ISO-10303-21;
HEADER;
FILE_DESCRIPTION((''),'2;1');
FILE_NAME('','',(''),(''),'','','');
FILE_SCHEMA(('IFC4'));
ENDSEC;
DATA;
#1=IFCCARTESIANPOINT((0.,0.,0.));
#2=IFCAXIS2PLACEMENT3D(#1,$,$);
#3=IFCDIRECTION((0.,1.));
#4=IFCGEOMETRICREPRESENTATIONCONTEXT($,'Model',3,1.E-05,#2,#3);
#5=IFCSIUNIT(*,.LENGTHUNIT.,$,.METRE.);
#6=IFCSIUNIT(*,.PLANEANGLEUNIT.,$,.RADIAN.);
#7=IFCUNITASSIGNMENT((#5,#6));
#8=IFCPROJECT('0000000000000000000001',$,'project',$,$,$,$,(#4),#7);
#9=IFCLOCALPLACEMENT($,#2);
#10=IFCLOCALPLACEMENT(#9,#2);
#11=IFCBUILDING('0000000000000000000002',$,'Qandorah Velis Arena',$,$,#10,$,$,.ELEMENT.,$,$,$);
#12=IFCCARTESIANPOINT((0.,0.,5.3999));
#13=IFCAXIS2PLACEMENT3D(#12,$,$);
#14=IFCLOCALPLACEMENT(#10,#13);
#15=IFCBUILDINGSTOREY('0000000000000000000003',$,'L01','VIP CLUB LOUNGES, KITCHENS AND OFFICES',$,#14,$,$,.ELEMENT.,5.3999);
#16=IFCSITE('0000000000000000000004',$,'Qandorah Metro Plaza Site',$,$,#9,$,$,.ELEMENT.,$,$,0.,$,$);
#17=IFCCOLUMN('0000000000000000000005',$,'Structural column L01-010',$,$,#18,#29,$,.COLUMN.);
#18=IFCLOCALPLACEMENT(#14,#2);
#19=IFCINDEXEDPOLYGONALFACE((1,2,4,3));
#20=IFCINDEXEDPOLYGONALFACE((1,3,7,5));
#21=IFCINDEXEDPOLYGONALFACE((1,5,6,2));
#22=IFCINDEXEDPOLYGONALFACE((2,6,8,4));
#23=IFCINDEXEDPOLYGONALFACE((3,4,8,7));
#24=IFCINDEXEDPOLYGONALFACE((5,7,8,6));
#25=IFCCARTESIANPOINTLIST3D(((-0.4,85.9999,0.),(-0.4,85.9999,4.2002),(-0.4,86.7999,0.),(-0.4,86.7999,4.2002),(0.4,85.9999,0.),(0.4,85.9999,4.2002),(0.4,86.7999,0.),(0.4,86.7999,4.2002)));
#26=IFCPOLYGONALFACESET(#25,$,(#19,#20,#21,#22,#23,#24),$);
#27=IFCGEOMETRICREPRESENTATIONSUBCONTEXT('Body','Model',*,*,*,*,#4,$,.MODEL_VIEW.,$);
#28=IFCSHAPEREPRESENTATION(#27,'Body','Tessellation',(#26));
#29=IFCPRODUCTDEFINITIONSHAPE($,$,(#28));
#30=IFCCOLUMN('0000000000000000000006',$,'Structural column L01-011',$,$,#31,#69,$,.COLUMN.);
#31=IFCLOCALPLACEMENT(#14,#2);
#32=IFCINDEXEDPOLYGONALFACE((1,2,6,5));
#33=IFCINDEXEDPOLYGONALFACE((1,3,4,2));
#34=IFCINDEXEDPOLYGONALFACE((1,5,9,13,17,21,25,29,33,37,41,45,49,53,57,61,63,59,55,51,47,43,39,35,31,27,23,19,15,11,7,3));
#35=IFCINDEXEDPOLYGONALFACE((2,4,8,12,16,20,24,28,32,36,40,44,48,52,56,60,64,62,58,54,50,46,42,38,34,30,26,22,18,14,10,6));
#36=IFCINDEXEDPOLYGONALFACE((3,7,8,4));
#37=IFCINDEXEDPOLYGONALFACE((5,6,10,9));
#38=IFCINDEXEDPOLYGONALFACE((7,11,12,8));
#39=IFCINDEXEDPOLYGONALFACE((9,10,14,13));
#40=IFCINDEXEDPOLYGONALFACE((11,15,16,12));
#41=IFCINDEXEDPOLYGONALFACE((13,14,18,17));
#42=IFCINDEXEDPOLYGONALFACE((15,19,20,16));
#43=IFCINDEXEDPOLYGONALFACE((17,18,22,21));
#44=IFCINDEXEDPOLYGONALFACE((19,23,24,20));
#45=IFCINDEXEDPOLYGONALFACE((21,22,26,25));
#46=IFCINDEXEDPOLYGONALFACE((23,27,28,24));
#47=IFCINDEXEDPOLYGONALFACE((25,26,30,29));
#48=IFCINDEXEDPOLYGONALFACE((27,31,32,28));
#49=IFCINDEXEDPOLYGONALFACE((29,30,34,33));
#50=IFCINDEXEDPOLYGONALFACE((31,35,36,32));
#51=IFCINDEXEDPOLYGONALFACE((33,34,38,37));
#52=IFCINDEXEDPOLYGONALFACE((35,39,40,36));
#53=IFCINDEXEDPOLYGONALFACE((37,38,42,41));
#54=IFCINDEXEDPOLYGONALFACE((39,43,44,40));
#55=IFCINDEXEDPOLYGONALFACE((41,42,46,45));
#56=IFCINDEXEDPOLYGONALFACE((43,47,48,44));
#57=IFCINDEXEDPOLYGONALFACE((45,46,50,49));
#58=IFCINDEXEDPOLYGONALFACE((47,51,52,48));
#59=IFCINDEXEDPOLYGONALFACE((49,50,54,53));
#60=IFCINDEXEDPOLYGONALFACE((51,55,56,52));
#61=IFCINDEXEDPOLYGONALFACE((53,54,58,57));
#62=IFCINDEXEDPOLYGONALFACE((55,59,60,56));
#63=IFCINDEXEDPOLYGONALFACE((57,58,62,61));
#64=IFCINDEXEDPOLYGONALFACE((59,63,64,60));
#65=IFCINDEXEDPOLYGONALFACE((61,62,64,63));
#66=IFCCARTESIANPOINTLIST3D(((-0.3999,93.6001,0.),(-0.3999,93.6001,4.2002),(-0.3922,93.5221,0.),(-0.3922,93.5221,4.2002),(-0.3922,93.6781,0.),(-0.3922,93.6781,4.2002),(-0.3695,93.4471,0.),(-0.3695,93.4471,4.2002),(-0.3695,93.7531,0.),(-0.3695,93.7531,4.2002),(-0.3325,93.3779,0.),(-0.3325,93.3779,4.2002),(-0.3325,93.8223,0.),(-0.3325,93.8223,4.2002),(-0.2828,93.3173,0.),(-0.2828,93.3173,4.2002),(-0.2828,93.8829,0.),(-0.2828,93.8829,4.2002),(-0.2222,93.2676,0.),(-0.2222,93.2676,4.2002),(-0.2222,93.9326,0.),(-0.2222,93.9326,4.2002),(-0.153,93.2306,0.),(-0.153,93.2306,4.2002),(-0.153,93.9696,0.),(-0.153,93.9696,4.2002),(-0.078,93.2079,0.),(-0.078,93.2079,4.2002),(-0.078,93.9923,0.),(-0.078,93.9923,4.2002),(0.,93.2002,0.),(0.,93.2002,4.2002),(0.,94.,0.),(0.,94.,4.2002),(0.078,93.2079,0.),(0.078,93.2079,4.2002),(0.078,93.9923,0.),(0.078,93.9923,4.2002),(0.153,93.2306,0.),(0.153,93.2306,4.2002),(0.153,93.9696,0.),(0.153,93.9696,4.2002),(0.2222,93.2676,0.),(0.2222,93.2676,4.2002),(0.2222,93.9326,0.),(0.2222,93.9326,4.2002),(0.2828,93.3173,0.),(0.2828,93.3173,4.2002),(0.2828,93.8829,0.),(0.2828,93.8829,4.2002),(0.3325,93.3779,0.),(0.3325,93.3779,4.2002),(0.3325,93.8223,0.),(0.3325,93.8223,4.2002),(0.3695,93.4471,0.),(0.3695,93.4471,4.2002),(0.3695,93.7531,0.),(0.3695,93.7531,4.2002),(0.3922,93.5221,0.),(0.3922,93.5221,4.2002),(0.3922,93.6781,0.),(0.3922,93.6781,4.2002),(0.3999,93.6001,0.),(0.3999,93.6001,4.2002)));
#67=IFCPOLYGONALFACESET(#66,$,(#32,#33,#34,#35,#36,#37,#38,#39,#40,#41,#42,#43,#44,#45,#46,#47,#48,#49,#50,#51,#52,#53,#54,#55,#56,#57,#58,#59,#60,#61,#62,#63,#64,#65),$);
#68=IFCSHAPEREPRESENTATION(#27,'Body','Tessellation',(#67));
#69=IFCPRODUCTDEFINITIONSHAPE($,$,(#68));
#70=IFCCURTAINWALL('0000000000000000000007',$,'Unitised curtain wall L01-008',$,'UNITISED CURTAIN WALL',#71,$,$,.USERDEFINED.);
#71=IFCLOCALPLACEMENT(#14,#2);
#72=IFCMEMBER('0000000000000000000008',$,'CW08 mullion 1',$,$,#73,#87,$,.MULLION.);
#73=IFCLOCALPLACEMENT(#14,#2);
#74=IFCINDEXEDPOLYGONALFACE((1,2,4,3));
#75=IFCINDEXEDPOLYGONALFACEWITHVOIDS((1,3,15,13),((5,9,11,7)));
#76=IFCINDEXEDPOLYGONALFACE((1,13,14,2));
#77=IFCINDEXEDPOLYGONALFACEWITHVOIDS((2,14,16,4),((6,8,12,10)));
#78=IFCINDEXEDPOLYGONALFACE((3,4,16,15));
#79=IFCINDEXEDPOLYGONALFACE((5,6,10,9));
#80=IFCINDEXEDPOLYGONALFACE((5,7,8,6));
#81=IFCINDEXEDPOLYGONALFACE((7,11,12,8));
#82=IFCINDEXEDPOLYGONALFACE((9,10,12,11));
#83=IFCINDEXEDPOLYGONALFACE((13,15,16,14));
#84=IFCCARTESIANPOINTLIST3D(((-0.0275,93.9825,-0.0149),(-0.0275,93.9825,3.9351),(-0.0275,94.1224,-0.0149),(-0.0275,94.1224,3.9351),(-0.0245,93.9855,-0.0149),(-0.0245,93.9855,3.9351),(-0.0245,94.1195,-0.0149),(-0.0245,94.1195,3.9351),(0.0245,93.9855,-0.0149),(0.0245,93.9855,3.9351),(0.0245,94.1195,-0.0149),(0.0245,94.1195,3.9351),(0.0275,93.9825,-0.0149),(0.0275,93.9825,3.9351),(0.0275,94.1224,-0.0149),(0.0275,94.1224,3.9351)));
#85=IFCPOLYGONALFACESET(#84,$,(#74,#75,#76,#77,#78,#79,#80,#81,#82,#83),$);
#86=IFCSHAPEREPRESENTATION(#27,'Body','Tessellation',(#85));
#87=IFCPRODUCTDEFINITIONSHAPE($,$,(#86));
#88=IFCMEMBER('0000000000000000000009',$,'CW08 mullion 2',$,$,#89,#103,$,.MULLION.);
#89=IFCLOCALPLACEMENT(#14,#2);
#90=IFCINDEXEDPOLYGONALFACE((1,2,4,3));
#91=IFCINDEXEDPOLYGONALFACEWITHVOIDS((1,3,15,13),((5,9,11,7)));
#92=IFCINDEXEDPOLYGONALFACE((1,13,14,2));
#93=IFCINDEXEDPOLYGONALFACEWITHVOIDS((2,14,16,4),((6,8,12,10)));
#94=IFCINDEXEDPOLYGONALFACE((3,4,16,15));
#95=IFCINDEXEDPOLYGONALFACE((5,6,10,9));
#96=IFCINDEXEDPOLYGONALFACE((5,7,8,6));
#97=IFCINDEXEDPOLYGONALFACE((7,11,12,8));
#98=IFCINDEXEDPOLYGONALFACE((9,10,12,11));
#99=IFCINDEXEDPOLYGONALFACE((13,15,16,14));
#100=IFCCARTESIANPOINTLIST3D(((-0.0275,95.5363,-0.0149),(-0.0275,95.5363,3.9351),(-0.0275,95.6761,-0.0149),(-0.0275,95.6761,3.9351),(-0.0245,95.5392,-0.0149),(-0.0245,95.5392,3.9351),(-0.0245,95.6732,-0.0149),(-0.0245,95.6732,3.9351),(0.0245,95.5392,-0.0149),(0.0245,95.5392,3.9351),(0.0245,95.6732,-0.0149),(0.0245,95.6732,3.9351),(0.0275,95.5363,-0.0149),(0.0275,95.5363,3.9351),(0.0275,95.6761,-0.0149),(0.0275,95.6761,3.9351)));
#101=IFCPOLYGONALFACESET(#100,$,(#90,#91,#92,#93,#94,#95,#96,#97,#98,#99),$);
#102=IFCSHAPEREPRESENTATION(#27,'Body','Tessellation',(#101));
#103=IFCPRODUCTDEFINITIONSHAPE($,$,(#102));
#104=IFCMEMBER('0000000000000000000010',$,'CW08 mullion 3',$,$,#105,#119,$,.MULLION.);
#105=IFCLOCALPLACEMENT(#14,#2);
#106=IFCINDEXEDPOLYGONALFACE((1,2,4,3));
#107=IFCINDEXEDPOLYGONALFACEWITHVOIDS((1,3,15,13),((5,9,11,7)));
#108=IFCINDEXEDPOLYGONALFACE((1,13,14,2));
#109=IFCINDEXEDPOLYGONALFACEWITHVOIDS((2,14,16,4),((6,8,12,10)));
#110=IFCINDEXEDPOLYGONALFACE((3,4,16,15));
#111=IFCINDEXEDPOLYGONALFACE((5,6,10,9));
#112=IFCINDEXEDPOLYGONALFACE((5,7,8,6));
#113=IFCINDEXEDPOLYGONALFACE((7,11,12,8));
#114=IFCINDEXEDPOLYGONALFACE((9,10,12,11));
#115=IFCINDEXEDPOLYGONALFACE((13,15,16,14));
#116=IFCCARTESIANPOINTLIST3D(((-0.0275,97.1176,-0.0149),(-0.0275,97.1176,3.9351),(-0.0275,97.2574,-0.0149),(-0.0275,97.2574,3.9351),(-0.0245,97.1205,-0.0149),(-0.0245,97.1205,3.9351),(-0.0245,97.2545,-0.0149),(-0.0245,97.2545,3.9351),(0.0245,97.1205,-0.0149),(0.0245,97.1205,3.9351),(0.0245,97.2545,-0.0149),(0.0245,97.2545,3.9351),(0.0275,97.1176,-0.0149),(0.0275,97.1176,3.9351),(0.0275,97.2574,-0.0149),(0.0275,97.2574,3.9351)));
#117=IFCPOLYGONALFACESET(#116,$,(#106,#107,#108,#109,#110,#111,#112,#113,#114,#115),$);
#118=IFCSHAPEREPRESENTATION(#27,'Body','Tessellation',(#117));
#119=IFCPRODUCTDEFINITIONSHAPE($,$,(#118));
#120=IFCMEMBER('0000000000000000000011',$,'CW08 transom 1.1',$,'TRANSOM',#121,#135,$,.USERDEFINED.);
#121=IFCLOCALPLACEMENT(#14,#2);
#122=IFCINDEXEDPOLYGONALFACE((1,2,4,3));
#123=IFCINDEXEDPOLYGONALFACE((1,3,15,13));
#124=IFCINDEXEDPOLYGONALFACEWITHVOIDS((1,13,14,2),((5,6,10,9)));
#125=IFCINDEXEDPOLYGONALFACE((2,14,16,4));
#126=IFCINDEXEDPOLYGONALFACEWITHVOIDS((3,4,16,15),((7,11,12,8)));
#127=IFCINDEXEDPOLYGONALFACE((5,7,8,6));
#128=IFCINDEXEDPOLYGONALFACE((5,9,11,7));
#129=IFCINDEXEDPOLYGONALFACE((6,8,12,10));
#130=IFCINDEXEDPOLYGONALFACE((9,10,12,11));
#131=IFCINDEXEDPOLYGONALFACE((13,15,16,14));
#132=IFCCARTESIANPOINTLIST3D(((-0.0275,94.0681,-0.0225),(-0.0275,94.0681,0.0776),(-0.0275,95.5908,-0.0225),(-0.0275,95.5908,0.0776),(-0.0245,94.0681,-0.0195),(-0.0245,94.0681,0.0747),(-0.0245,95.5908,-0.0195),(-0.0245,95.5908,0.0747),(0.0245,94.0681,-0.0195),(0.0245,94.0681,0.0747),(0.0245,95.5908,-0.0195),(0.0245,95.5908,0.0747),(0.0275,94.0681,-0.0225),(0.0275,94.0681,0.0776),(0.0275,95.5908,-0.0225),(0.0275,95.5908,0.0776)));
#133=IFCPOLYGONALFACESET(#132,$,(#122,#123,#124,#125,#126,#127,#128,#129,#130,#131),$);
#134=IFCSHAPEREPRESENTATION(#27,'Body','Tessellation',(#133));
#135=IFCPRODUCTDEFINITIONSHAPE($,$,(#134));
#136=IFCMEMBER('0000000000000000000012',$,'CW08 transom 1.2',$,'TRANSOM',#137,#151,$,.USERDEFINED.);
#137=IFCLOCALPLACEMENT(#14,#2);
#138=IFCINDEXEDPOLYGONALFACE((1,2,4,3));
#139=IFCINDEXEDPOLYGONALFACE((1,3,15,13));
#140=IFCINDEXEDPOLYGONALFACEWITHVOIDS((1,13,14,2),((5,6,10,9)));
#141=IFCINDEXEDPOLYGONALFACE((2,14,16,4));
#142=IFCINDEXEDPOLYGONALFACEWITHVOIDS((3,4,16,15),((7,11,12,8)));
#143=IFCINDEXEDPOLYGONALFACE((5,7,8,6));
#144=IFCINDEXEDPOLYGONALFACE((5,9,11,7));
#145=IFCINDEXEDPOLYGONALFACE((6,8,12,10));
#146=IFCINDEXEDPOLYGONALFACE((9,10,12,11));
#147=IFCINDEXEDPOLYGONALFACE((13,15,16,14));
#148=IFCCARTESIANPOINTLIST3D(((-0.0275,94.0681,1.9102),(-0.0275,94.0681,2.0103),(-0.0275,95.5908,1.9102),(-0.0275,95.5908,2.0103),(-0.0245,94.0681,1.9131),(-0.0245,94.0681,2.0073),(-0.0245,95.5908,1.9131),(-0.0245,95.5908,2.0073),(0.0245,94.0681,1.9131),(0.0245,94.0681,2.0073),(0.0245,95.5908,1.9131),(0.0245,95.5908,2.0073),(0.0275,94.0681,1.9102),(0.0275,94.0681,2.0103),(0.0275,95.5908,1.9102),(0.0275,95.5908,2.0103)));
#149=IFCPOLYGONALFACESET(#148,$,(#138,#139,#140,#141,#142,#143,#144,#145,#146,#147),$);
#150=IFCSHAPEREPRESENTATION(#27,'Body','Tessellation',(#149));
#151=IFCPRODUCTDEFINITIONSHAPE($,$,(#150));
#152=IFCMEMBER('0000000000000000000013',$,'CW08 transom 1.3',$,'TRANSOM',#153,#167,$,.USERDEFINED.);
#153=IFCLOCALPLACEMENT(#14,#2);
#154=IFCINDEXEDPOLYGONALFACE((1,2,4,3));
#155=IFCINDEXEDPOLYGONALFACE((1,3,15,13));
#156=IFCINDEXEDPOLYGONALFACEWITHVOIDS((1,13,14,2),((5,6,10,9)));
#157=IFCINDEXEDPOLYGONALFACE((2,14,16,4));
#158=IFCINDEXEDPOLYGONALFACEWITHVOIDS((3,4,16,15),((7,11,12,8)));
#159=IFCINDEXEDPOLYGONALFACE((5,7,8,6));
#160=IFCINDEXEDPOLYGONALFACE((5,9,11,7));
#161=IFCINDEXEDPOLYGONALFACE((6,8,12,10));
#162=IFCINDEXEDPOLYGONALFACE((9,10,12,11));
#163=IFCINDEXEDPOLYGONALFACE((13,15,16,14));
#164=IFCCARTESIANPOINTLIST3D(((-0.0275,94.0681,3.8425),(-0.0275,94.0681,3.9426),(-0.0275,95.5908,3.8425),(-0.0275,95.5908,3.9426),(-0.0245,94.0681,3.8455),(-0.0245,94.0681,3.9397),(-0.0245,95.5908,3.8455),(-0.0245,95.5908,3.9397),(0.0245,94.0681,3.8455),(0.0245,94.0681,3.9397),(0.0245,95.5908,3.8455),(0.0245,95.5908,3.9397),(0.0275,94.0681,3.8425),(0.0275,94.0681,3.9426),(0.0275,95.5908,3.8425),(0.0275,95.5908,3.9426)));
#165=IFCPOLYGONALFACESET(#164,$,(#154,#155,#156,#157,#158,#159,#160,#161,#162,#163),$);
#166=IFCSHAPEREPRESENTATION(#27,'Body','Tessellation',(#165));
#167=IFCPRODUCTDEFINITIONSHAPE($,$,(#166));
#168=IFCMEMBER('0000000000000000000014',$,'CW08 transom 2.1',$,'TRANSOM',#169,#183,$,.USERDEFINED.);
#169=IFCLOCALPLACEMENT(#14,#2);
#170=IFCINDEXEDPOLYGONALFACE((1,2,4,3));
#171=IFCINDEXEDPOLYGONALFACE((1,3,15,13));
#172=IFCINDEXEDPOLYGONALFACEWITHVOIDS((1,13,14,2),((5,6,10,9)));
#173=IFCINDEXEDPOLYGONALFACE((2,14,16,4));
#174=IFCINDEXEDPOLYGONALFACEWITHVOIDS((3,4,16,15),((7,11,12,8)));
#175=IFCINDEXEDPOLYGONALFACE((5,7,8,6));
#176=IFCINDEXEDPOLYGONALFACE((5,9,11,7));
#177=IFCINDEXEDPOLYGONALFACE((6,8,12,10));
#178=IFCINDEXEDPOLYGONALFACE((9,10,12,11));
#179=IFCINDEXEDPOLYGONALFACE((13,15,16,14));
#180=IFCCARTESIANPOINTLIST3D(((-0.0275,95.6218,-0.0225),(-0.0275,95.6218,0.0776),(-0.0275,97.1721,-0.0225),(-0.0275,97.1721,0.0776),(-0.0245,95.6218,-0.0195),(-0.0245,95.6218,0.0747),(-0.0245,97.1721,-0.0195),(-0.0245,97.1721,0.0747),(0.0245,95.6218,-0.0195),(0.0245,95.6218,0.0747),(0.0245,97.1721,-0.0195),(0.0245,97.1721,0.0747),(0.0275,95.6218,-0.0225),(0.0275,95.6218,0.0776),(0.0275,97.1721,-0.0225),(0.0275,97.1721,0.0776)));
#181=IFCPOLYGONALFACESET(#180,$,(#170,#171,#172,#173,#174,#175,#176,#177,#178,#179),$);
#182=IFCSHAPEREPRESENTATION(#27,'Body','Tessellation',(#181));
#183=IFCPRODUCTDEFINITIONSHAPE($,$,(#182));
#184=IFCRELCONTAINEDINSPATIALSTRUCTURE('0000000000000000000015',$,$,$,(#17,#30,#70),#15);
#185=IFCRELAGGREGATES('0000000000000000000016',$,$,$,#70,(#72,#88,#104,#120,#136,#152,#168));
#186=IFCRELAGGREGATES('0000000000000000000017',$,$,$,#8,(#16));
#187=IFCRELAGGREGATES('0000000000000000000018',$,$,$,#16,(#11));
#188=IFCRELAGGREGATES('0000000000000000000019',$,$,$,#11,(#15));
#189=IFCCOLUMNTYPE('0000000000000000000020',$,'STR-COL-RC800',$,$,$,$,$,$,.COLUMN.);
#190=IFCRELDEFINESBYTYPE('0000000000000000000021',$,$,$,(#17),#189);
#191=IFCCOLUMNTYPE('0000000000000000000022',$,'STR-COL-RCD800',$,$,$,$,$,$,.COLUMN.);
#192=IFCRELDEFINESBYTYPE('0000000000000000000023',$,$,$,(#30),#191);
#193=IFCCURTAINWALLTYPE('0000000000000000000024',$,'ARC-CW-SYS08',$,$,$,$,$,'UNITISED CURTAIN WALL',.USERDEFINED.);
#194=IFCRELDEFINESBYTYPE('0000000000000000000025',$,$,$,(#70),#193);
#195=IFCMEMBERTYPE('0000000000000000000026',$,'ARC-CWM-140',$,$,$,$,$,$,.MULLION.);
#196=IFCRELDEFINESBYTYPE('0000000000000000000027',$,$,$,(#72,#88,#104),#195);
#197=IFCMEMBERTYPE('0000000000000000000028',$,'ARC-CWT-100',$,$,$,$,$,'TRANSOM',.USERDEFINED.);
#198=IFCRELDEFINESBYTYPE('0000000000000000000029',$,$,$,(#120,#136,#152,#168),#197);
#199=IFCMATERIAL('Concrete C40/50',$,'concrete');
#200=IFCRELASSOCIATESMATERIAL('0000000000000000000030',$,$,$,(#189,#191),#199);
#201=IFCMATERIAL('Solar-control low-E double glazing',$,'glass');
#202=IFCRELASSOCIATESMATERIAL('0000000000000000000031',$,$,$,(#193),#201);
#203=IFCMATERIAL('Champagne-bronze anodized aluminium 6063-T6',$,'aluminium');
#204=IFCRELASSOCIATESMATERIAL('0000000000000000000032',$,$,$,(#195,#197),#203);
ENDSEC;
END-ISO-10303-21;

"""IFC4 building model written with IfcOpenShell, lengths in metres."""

from ifc_helpers import new_model, si_unit, direction, frame, origin, origin_2d, place, context, subcontext, project, spatial, rectangle, hollow_rectangle, circle, extrude, material, material_profile, profile_set, type_object, element, aggregate, save


model = new_model("IFC4")

# Units and contexts
model_context = context("Model", 3, precision=1e-05, world=origin(), true_north=direction((0.0, 1.0)))
body_context = subcontext(model_context, "Body", "Model", "MODEL_VIEW")
ifc_project = project(units=[si_unit("LENGTHUNIT", "METRE"), si_unit("PLANEANGLEUNIT", "RADIAN")], contexts=[model_context])

# Site, building, storey
site_placement = place(None, origin())
site = spatial("IfcSite", under=ifc_project, at=site_placement, Name="Qandorah Metro Plaza Site", CompositionType="ELEMENT", RefElevation=0.0)
building_placement = place(site_placement, origin())
building = spatial("IfcBuilding", under=site, at=building_placement, Name="Qandorah Velis Arena", CompositionType="ELEMENT")
storey_placement = place(building_placement, frame((0.0, 0.0, 5.3999)))
storey = spatial("IfcBuildingStorey", under=building, at=storey_placement, Name="L01", Description="VIP CLUB LOUNGES, KITCHENS AND OFFICES", CompositionType="ELEMENT", Elevation=5.3999)

# Columns
ifc_material_1 = material(Name="Concrete C40/50", Category="concrete")
ifc_material_profile_1 = material_profile(ifc_material_1, rectangle(XDim=0.8, YDim=0.8, at=origin_2d()), Name="RC COL 800x800")
ifc_profile_set_1 = profile_set([ifc_material_profile_1], Name="Concrete C40/50")
column_type_1 = type_object("IfcColumnType", Name="STR-COL-RC800", PredefinedType="COLUMN", material=ifc_profile_set_1)
column_1_placement = place(storey_placement, frame((0.0, 86.3999, 0.0), z_axis=(0.0, 0.0, 1.0), x_axis=(1.0, 0.0, 0.0)))
element("IfcColumn", 1, at=column_1_placement, inside=storey, type_object=column_type_1, Name="Structural column L01-010", PredefinedType="COLUMN", context=body_context, shape_type="SweptSolid", body=[
    extrude(rectangle(XDim=0.8, YDim=0.8, at=origin_2d()), origin(), (0.0, 0.0, 1.0), 4.2002),
])
ifc_material_profile_2 = material_profile(ifc_material_1, circle(Radius=0.3999, at=origin_2d()), Name="RC D800")
ifc_profile_set_2 = profile_set([ifc_material_profile_2], Name="Concrete C40/50")
column_type_2 = type_object("IfcColumnType", Name="STR-COL-RCD800", PredefinedType="COLUMN", material=ifc_profile_set_2)
column_2_placement = place(storey_placement, frame((0.0, 93.6001, 0.0), z_axis=(0.0, 0.0, 1.0), x_axis=(1.0, 0.0, 0.0)))
element("IfcColumn", 2, at=column_2_placement, inside=storey, type_object=column_type_2, Name="Structural column L01-011", PredefinedType="COLUMN", context=body_context, shape_type="SweptSolid", body=[
    extrude(circle(Radius=0.3999, at=origin_2d()), origin(), (0.0, 0.0, 1.0), 4.2002),
])

# Curtain wall, members
ifc_material_2 = material(Name="Solar-control low-E double glazing", Category="glass")
curtain_wall_type = type_object("IfcCurtainWallType", Name="ARC-CW-SYS08", ElementType="UNITISED CURTAIN WALL", PredefinedType="USERDEFINED", material=ifc_material_2)
curtain_wall_placement = place(storey_placement, origin())
curtain_wall = element("IfcCurtainWall", 3, at=curtain_wall_placement, inside=storey, type_object=curtain_wall_type, Name="Unitised curtain wall L01-008", ObjectType="UNITISED CURTAIN WALL", PredefinedType="USERDEFINED")
ifc_material_3 = material(Name="Champagne-bronze anodized aluminium 6063-T6", Category="aluminium")
ifc_material_profile_3 = material_profile(ifc_material_3, hollow_rectangle(XDim=0.0549, YDim=0.1399, WallThickness=0.0029, at=origin_2d()), Name="ALU MULLION 55x140")
ifc_profile_set_3 = profile_set([ifc_material_profile_3], Name="Champagne-bronze anodized aluminium 6063-T6")
member_type_1 = type_object("IfcMemberType", Name="ARC-CWM-140", PredefinedType="MULLION", material=ifc_profile_set_3)
member_1_placement = place(storey_placement, frame((0.0, 94.0525, -0.0149), z_axis=(0.0, 0.0, 1.0), x_axis=(-1.0, 0.0, 0.0)))
member_1 = element("IfcMember", 4, at=member_1_placement, type_object=member_type_1, Name="CW08 mullion 1", PredefinedType="MULLION", context=body_context, shape_type="SweptSolid", body=[
    extrude(hollow_rectangle(XDim=0.0549, YDim=0.1399, WallThickness=0.0029, at=origin_2d()), origin(), (0.0, 0.0, 1.0), 3.95),
])
member_2_placement = place(storey_placement, frame((0.0, 95.6062, -0.0149), z_axis=(0.0, 0.0, 1.0), x_axis=(-1.0, 0.0, 0.0)))
member_2 = element("IfcMember", 5, at=member_2_placement, type_object=member_type_1, Name="CW08 mullion 2", PredefinedType="MULLION", context=body_context, shape_type="SweptSolid", body=[
    extrude(hollow_rectangle(XDim=0.0549, YDim=0.1399, WallThickness=0.0029, at=origin_2d()), origin(), (0.0, 0.0, 1.0), 3.95),
])
member_3_placement = place(storey_placement, frame((0.0, 97.1875, -0.0149), z_axis=(0.0, 0.0, 1.0), x_axis=(-1.0, 0.0, 0.0)))
member_3 = element("IfcMember", 6, at=member_3_placement, type_object=member_type_1, Name="CW08 mullion 3", PredefinedType="MULLION", context=body_context, shape_type="SweptSolid", body=[
    extrude(hollow_rectangle(XDim=0.0549, YDim=0.1399, WallThickness=0.0029, at=origin_2d()), origin(), (0.0, 0.0, 1.0), 3.95),
])
ifc_material_profile_4 = material_profile(ifc_material_3, hollow_rectangle(XDim=0.0549, YDim=0.1001, WallThickness=0.0029, at=origin_2d()), Name="ALU TRANSOM 55x100")
ifc_profile_set_4 = profile_set([ifc_material_profile_4], Name="Champagne-bronze anodized aluminium 6063-T6")
member_type_2 = type_object("IfcMemberType", Name="ARC-CWT-100", ElementType="TRANSOM", PredefinedType="USERDEFINED", material=ifc_profile_set_4)
member_4_placement = place(storey_placement, frame((0.0, 94.0681, 0.0276), z_axis=(0.0, 1.0, 0.0), x_axis=(-1.0, 0.0, 0.0)))
member_4 = element("IfcMember", 7, at=member_4_placement, type_object=member_type_2, Name="CW08 transom 1.1", ObjectType="TRANSOM", PredefinedType="USERDEFINED", context=body_context, shape_type="SweptSolid", body=[
    extrude(hollow_rectangle(XDim=0.0549, YDim=0.1001, WallThickness=0.0029, at=origin_2d()), origin(), (0.0, 0.0, 1.0), 1.5227),
])
member_5_placement = place(storey_placement, frame((0.0, 94.0681, 1.9602), z_axis=(0.0, 1.0, 0.0), x_axis=(-1.0, 0.0, 0.0)))
member_5 = element("IfcMember", 8, at=member_5_placement, type_object=member_type_2, Name="CW08 transom 1.2", ObjectType="TRANSOM", PredefinedType="USERDEFINED", context=body_context, shape_type="SweptSolid", body=[
    extrude(hollow_rectangle(XDim=0.0549, YDim=0.1001, WallThickness=0.0029, at=origin_2d()), origin(), (0.0, 0.0, 1.0), 1.5227),
])
member_6_placement = place(storey_placement, frame((0.0, 94.0681, 3.8926), z_axis=(0.0, 1.0, 0.0), x_axis=(-1.0, 0.0, 0.0)))
member_6 = element("IfcMember", 9, at=member_6_placement, type_object=member_type_2, Name="CW08 transom 1.3", ObjectType="TRANSOM", PredefinedType="USERDEFINED", context=body_context, shape_type="SweptSolid", body=[
    extrude(hollow_rectangle(XDim=0.0549, YDim=0.1001, WallThickness=0.0029, at=origin_2d()), origin(), (0.0, 0.0, 1.0), 1.5227),
])
member_7_placement = place(storey_placement, frame((0.0, 95.6218, 0.0276), z_axis=(0.0, 1.0, 0.0), x_axis=(-1.0, 0.0, 0.0)))
member_7 = element("IfcMember", 10, at=member_7_placement, type_object=member_type_2, Name="CW08 transom 2.1", ObjectType="TRANSOM", PredefinedType="USERDEFINED", context=body_context, shape_type="SweptSolid", body=[
    extrude(hollow_rectangle(XDim=0.0549, YDim=0.1001, WallThickness=0.0029, at=origin_2d()), origin(), (0.0, 0.0, 1.0), 1.5503),
])

aggregate(curtain_wall, [member_1, member_2, member_3, member_4, member_5, member_6, member_7])

save(model, "model.ifc")
